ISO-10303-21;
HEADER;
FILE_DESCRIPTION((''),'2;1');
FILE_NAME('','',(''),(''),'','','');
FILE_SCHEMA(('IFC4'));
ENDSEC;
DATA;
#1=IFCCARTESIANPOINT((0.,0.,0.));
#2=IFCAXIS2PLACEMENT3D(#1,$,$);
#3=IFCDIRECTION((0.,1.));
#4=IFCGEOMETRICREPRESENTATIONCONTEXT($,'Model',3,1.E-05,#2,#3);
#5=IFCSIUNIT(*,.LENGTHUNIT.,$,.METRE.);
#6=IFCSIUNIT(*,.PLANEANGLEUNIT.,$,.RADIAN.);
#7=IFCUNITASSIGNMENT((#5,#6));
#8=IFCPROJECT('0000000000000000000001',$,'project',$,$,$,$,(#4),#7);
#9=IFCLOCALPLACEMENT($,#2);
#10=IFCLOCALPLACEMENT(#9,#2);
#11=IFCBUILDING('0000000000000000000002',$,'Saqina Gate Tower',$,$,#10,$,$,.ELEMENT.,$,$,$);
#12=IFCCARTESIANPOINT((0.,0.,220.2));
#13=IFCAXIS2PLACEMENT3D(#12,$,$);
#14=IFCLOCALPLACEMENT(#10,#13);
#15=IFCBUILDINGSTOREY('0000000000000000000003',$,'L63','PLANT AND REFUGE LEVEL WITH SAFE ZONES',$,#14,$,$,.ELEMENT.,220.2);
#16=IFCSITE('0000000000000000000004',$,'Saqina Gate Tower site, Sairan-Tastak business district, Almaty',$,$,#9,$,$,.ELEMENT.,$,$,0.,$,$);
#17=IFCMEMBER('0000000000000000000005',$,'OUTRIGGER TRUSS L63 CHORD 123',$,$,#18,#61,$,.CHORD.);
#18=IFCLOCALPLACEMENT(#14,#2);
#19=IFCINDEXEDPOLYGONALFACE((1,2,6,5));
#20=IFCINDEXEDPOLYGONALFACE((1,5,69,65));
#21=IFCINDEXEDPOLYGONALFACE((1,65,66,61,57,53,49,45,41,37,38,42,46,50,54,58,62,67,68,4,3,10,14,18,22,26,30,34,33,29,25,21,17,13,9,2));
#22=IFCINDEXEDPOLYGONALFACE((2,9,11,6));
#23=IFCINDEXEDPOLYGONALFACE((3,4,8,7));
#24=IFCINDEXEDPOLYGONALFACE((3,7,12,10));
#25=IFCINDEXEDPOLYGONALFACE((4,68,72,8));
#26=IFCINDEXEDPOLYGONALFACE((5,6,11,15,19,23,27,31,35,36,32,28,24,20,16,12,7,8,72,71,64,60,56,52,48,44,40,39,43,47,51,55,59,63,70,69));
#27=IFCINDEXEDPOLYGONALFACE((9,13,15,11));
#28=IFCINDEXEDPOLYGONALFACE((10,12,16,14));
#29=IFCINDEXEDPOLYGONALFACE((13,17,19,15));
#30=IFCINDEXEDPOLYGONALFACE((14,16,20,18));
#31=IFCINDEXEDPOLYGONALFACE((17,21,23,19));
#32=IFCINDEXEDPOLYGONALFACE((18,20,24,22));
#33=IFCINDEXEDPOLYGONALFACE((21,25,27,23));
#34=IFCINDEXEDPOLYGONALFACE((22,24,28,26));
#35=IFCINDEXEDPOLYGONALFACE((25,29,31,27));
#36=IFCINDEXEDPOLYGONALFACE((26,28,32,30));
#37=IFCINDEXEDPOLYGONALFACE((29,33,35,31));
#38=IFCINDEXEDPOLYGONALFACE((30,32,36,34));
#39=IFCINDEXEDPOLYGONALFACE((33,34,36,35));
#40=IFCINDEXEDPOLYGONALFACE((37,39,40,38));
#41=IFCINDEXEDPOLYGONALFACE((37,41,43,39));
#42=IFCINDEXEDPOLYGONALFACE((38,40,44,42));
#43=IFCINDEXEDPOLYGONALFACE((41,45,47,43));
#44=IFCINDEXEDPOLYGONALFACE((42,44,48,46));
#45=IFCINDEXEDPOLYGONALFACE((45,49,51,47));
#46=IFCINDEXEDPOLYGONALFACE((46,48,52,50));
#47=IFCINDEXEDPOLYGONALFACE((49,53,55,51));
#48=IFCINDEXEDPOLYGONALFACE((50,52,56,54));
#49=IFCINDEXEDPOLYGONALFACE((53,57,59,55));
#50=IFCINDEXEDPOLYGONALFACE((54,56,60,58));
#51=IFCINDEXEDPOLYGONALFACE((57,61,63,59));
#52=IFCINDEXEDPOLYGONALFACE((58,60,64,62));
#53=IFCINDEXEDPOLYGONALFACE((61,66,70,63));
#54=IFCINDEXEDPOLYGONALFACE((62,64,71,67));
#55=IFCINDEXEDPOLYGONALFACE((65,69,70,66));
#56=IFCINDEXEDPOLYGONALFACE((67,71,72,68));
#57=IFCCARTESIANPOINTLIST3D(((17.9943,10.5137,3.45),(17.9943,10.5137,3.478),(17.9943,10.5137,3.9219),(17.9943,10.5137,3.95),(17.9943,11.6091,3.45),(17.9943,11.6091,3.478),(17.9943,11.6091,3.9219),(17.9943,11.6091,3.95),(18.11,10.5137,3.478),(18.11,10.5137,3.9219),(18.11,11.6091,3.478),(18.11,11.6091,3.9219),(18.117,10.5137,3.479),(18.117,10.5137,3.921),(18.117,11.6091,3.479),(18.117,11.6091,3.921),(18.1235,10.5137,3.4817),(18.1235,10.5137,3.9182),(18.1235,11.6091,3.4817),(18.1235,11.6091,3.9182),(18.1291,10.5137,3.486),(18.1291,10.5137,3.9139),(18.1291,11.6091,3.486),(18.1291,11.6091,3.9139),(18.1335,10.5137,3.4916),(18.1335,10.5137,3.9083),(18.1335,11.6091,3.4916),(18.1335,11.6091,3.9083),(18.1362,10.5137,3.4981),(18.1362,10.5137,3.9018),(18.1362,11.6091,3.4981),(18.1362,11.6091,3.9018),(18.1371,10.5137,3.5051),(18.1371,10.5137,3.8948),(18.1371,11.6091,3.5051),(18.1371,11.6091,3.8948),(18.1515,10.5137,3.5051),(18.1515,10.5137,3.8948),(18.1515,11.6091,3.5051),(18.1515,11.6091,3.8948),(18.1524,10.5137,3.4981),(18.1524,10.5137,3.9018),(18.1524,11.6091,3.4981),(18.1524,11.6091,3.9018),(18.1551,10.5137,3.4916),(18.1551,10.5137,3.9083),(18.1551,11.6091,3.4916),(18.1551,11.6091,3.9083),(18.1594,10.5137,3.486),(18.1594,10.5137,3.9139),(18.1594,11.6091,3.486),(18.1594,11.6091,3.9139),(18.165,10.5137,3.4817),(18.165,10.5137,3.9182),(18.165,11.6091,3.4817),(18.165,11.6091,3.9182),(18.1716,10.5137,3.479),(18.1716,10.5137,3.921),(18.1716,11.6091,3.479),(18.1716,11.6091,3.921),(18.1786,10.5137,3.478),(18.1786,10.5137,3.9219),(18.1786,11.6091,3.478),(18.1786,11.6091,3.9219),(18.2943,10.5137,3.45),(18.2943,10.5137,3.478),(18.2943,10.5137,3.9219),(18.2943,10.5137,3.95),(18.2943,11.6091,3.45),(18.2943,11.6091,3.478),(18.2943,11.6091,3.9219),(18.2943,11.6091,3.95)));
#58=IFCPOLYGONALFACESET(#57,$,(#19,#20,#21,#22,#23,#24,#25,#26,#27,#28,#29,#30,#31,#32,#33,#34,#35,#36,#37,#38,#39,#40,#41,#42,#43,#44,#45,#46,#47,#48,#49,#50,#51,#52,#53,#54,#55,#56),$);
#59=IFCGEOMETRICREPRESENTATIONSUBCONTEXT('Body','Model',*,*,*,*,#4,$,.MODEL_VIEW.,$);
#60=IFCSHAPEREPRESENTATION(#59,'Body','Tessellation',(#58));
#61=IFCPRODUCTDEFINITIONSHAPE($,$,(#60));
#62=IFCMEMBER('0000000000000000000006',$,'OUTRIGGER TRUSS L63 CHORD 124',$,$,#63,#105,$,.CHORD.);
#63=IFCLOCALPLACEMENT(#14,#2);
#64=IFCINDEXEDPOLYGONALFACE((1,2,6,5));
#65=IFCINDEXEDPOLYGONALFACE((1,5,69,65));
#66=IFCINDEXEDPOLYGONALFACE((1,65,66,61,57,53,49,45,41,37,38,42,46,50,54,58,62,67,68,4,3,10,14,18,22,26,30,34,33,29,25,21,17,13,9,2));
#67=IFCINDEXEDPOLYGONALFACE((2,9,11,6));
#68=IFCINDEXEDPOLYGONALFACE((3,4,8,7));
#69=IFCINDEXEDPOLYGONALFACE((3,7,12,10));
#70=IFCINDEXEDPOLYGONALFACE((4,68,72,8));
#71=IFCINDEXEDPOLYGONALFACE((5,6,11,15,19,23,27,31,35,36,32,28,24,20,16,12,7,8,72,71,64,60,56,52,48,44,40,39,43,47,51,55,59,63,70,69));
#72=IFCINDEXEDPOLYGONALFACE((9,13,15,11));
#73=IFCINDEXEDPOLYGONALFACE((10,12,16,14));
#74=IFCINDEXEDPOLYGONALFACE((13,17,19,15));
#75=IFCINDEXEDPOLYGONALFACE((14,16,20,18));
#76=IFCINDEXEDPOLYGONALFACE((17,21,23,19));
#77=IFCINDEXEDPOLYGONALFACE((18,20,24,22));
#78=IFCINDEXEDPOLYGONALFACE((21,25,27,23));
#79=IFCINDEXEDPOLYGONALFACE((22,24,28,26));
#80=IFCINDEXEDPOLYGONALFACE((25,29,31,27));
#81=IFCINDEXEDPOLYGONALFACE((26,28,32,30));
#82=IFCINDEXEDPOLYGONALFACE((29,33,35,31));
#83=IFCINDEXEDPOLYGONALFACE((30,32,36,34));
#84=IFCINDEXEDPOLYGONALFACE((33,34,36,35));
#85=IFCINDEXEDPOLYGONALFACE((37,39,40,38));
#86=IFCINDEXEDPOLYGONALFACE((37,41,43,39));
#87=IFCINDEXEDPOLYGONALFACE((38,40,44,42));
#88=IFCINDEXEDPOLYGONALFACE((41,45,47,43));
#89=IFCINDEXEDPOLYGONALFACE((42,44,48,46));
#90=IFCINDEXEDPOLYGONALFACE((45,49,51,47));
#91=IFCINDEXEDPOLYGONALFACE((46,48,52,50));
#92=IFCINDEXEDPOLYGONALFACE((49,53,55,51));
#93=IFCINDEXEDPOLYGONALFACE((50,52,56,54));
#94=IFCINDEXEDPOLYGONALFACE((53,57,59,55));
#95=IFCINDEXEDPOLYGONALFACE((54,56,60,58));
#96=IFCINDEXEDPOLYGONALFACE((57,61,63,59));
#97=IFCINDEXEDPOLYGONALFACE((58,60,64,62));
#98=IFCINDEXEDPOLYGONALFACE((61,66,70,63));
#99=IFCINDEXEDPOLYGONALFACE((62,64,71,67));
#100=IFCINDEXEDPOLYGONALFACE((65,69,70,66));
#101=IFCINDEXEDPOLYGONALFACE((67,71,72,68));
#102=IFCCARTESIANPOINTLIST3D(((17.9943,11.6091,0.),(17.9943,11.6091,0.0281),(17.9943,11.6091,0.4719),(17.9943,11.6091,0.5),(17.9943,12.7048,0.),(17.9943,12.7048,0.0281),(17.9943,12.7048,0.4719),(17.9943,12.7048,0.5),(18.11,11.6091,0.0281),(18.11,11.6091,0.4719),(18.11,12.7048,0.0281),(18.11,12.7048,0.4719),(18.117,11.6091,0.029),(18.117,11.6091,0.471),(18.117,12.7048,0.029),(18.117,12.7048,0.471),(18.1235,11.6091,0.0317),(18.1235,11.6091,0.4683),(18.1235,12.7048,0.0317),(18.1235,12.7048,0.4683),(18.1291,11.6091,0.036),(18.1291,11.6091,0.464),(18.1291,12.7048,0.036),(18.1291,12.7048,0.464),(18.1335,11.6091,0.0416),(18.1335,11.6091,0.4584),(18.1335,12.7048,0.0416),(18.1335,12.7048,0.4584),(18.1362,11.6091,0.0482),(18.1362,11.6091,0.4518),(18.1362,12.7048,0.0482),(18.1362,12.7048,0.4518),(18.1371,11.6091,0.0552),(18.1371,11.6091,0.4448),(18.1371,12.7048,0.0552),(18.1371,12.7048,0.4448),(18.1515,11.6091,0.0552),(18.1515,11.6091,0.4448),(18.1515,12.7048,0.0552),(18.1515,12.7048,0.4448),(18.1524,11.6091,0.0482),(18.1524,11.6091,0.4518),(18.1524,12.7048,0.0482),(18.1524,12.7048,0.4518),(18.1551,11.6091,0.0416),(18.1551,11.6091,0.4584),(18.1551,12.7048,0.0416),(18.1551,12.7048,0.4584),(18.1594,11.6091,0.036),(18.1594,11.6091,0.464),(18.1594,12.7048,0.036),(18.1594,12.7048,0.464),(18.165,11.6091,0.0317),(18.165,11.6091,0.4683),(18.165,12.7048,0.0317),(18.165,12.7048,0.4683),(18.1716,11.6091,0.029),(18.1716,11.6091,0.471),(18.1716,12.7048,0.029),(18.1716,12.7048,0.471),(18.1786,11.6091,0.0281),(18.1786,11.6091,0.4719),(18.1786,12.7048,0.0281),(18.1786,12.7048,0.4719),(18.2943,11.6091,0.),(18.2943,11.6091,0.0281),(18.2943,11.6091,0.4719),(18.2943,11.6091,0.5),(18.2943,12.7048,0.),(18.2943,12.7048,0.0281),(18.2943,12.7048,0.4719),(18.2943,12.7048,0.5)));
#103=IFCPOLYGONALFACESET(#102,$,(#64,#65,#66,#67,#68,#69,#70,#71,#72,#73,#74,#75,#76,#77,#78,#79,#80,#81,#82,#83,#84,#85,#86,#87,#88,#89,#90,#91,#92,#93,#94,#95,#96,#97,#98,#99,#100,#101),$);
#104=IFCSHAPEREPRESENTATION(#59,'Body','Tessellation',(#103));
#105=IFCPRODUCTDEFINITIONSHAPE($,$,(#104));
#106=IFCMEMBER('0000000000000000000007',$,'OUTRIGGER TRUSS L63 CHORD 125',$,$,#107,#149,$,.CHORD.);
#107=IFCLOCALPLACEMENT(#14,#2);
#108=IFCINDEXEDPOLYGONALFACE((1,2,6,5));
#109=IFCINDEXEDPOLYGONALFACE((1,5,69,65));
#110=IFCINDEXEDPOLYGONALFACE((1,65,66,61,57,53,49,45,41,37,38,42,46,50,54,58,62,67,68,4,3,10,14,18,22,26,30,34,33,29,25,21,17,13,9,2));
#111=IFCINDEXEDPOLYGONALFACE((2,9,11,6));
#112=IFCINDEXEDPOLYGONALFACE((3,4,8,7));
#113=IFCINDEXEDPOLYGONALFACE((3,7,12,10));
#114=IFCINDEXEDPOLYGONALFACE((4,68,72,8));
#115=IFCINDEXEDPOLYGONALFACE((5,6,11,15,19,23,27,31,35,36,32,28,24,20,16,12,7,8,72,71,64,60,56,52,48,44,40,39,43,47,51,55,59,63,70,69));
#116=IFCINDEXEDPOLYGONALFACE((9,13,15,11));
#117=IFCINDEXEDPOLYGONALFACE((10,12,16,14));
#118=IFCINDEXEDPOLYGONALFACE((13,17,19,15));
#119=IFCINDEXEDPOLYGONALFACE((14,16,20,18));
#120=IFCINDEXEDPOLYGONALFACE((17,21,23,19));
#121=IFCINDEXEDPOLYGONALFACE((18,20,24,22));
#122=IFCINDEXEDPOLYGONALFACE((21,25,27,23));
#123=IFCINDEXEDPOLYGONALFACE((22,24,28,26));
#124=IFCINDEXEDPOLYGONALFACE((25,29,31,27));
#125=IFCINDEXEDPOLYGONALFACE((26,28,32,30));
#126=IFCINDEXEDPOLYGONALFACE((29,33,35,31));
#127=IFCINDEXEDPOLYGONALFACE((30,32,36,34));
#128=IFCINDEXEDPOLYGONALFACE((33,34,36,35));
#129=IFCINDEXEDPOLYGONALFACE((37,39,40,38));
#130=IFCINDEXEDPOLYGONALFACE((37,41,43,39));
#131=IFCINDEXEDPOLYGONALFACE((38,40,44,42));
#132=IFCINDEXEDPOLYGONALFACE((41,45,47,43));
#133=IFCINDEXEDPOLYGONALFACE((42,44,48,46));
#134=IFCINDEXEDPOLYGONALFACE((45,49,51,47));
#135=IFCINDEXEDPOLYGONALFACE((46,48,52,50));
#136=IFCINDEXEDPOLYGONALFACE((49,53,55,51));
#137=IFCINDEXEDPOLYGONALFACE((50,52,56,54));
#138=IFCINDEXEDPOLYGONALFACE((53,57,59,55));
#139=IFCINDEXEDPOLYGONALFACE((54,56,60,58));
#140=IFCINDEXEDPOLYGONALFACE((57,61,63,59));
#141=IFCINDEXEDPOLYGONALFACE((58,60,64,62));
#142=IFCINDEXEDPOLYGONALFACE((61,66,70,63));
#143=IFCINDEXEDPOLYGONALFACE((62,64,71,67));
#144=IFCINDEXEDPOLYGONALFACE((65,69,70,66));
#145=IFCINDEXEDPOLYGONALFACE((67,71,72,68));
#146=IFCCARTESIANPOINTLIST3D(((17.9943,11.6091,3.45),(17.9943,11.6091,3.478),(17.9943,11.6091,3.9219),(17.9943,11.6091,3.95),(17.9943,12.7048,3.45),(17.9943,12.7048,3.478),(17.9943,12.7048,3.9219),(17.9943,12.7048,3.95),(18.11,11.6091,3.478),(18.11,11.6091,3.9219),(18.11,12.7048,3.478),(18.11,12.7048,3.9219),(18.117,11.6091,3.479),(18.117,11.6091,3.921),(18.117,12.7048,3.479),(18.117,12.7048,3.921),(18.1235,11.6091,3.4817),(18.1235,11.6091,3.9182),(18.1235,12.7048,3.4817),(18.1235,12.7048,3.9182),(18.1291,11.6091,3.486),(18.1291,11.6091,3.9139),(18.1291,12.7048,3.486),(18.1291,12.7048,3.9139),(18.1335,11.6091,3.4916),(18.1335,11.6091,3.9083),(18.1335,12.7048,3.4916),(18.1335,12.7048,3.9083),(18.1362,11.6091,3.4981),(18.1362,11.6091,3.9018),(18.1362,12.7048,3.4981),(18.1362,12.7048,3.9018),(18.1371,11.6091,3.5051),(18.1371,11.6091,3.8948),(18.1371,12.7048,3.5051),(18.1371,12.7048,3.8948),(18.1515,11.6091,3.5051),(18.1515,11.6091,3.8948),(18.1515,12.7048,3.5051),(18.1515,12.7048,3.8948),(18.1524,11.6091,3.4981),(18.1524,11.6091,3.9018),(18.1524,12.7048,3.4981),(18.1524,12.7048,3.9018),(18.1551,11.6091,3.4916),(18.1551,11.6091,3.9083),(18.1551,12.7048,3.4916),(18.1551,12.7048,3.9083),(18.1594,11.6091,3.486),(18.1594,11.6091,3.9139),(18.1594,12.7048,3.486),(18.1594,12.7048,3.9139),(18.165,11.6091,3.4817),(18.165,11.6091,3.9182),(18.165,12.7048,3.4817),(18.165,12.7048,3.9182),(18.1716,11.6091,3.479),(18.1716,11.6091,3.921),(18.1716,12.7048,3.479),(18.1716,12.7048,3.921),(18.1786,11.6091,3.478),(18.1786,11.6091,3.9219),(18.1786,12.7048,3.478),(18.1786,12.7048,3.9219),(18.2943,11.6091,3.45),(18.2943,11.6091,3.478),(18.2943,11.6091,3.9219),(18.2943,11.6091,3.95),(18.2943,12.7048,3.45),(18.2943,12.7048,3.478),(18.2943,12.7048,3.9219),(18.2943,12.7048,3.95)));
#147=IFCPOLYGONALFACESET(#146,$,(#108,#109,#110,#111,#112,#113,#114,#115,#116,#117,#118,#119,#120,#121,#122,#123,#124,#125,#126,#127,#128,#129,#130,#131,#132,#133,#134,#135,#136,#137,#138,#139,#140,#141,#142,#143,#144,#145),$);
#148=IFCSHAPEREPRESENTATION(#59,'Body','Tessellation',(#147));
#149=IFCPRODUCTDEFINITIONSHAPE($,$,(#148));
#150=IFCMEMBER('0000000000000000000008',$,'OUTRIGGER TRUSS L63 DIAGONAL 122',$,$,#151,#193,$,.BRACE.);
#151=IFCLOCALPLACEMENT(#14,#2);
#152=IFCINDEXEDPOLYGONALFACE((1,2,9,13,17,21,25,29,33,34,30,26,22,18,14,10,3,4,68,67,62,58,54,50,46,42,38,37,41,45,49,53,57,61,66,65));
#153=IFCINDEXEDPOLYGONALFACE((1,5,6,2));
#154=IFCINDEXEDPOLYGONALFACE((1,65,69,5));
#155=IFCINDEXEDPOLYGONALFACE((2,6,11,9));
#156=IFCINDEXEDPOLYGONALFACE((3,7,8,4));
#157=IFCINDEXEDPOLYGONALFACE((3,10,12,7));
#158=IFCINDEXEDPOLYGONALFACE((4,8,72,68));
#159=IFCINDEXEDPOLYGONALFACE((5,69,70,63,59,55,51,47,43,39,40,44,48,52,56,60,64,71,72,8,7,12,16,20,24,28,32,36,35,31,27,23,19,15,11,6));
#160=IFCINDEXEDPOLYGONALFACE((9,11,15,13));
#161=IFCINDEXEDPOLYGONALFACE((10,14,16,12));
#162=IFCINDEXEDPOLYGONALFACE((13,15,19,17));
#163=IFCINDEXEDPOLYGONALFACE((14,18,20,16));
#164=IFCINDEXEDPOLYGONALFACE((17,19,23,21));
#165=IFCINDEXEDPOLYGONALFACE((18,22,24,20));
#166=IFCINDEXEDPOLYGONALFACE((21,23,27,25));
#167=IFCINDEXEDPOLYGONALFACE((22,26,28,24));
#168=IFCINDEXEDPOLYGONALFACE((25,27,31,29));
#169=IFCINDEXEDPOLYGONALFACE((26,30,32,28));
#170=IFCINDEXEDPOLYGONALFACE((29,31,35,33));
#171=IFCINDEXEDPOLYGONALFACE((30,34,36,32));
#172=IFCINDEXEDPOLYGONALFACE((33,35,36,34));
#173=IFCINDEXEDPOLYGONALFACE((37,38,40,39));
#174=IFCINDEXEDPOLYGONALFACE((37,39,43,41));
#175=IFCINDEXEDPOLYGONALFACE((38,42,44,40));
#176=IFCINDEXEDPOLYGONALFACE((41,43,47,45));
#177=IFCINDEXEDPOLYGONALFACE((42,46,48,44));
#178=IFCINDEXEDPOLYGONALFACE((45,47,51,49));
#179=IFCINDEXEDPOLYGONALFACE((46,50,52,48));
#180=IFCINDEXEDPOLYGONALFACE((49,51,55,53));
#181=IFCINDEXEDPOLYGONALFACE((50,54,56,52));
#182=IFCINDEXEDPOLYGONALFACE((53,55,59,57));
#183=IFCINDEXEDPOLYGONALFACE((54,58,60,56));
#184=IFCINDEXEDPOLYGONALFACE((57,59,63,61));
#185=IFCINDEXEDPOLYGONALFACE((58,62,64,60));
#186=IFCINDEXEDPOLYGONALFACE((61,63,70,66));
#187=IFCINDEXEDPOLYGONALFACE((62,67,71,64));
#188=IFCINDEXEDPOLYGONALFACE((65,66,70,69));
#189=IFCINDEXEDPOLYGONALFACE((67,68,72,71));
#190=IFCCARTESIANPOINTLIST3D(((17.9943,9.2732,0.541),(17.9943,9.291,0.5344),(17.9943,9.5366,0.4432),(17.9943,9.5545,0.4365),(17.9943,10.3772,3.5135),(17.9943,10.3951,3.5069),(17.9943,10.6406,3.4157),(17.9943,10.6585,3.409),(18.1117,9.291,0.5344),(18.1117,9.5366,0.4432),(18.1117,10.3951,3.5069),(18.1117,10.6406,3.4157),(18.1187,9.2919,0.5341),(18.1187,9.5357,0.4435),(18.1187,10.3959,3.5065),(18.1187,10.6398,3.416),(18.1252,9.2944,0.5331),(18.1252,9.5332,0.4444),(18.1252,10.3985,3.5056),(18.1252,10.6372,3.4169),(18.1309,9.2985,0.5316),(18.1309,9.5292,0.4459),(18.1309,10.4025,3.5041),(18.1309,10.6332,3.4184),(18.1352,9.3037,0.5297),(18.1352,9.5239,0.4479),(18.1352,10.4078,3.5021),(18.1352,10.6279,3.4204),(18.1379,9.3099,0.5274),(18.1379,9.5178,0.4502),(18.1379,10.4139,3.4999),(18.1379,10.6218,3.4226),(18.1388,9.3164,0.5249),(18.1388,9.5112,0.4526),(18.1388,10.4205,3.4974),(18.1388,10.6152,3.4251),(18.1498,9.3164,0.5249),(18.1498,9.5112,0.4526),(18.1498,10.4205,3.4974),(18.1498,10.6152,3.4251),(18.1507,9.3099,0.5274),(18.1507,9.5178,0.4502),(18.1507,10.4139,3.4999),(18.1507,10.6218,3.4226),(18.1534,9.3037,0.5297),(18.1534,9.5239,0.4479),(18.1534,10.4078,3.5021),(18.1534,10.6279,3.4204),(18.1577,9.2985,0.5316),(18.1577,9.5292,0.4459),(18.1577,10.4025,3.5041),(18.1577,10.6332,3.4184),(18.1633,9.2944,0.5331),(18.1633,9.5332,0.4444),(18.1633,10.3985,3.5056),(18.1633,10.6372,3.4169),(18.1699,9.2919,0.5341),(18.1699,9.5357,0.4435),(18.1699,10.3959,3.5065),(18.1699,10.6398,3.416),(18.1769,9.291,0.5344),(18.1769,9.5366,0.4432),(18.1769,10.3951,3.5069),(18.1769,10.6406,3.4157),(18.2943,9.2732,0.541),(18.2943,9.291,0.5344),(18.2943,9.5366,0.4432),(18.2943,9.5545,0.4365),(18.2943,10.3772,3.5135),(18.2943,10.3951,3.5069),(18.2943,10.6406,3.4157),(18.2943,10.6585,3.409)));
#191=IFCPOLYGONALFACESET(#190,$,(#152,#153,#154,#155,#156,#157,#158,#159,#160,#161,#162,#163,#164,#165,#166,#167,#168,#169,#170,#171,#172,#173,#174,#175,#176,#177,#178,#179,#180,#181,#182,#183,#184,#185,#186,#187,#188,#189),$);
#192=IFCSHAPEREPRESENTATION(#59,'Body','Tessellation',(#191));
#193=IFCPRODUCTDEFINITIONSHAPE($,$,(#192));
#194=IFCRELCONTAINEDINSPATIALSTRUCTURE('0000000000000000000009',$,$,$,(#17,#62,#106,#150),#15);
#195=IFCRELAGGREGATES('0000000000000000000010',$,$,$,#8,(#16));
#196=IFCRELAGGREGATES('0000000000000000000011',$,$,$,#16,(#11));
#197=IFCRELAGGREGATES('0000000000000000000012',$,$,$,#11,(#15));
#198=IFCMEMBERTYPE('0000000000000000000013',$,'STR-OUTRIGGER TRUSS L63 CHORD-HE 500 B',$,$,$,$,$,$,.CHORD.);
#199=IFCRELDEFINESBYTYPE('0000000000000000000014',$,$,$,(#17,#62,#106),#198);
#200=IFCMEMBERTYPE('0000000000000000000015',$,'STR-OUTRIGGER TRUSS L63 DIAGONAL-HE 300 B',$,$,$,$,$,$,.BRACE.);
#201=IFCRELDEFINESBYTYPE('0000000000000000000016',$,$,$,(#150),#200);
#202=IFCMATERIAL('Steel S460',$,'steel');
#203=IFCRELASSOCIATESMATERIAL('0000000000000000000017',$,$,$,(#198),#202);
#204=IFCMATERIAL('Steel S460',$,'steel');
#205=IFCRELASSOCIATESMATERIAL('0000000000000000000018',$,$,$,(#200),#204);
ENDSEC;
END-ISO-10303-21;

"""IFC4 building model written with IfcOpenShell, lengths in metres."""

from ifc_helpers import new_model, si_unit, direction, frame, origin, origin_2d, place, context, subcontext, project, spatial, i_section, extrude, material, material_profile, profile_set, type_object, element, save


model = new_model("IFC4")

# Units and contexts
model_context = context("Model", 3, precision=1e-05, world=origin(), true_north=direction((0.0, 1.0)))
body_context = subcontext(model_context, "Body", "Model", "MODEL_VIEW")
ifc_project = project(units=[si_unit("LENGTHUNIT", "METRE"), si_unit("PLANEANGLEUNIT", "RADIAN")], contexts=[model_context])

# Site, building, storey
site_placement = place(None, origin())
site = spatial("IfcSite", under=ifc_project, at=site_placement, Name="Saqina Gate Tower site, Sairan-Tastak business district, Almaty", CompositionType="ELEMENT", RefElevation=0.0)
building_placement = place(site_placement, origin())
building = spatial("IfcBuilding", under=site, at=building_placement, Name="Saqina Gate Tower", CompositionType="ELEMENT")
storey_placement = place(building_placement, frame((0.0, 0.0, 220.2)))
storey = spatial("IfcBuildingStorey", under=building, at=storey_placement, Name="L63", Description="PLANT AND REFUGE LEVEL WITH SAFE ZONES", CompositionType="ELEMENT", Elevation=220.2)

# Members
ifc_material_1 = material(Name="Steel S460", Category="steel")
ifc_material_profile_1 = material_profile(ifc_material_1, i_section(OverallWidth=0.3, OverallDepth=0.5, WebThickness=0.0144, FlangeThickness=0.0281, FilletRadius=0.0271, at=origin_2d()), Name="HE 500 B")
ifc_profile_set_1 = profile_set([ifc_material_profile_1], Name="Steel S460")
member_type_1 = type_object("IfcMemberType", Name="STR-OUTRIGGER TRUSS L63 CHORD-HE 500 B", PredefinedType="CHORD", material=ifc_profile_set_1)
member_1_placement = place(storey_placement, frame((18.1443, 10.5137, 3.7), z_axis=(0.0, 1.0, 0.0), x_axis=(-1.0, 0.0, 0.0)))
element("IfcMember", 1, at=member_1_placement, inside=storey, type_object=member_type_1, Name="OUTRIGGER TRUSS L63 CHORD 123", PredefinedType="CHORD", context=body_context, shape_type="SweptSolid", body=[
    extrude(i_section(OverallWidth=0.3, OverallDepth=0.5, WebThickness=0.0144, FlangeThickness=0.0281, FilletRadius=0.0271, at=origin_2d()), origin(), (0.0, 0.0, 1.0), 1.0955),
])
for number, where, z_axis, x_axis, name in (
    (2, (18.1443, 11.6091, 0.25), (0.0, 1.0, 0.0), (-1.0, 0.0, 0.0), "OUTRIGGER TRUSS L63 CHORD 124"),
    (3, (18.1443, 11.6091, 3.7), (0.0, 1.0, 0.0), (-1.0, 0.0, 0.0), "OUTRIGGER TRUSS L63 CHORD 125"),
):
    element("IfcMember", number, at=place(storey_placement, frame(where, z_axis=z_axis, x_axis=x_axis)), inside=storey, type_object=member_type_1, Name=name, PredefinedType="CHORD", context=body_context, shape_type="SweptSolid", body=[
        extrude(i_section(OverallWidth=0.3, OverallDepth=0.5, WebThickness=0.0144, FlangeThickness=0.0281, FilletRadius=0.0271, at=origin_2d()), origin(), (0.0, 0.0, 1.0), 1.0957),
    ])
ifc_material_2 = material(Name="Steel S460", Category="steel")
ifc_material_profile_2 = material_profile(ifc_material_2, i_section(OverallWidth=0.3, OverallDepth=0.3, WebThickness=0.011, FlangeThickness=0.019, FilletRadius=0.0271, at=origin_2d()), Name="HE 300 B")
ifc_profile_set_2 = profile_set([ifc_material_profile_2], Name="Steel S460")
member_type_2 = type_object("IfcMemberType", Name="STR-OUTRIGGER TRUSS L63 DIAGONAL-HE 300 B", PredefinedType="BRACE", material=ifc_profile_set_2)
for number, where, z_axis, x_axis, name in (
    (4, (18.1443, 9.4138, 0.4888), (0.0, 0.348177, 0.937429), (-1.0, 0.0, 0.0), "OUTRIGGER TRUSS L63 DIAGONAL 122"),
):
    element("IfcMember", number, at=place(storey_placement, frame(where, z_axis=z_axis, x_axis=x_axis)), inside=storey, type_object=member_type_2, Name=name, PredefinedType="BRACE", context=body_context, shape_type="SweptSolid", body=[
        extrude(i_section(OverallWidth=0.3, OverallDepth=0.3, WebThickness=0.011, FlangeThickness=0.019, FilletRadius=0.0271, at=origin_2d()), origin(), (0.0, 0.0, 1.0), 3.1709),
    ])

save(model, "model.ifc")
